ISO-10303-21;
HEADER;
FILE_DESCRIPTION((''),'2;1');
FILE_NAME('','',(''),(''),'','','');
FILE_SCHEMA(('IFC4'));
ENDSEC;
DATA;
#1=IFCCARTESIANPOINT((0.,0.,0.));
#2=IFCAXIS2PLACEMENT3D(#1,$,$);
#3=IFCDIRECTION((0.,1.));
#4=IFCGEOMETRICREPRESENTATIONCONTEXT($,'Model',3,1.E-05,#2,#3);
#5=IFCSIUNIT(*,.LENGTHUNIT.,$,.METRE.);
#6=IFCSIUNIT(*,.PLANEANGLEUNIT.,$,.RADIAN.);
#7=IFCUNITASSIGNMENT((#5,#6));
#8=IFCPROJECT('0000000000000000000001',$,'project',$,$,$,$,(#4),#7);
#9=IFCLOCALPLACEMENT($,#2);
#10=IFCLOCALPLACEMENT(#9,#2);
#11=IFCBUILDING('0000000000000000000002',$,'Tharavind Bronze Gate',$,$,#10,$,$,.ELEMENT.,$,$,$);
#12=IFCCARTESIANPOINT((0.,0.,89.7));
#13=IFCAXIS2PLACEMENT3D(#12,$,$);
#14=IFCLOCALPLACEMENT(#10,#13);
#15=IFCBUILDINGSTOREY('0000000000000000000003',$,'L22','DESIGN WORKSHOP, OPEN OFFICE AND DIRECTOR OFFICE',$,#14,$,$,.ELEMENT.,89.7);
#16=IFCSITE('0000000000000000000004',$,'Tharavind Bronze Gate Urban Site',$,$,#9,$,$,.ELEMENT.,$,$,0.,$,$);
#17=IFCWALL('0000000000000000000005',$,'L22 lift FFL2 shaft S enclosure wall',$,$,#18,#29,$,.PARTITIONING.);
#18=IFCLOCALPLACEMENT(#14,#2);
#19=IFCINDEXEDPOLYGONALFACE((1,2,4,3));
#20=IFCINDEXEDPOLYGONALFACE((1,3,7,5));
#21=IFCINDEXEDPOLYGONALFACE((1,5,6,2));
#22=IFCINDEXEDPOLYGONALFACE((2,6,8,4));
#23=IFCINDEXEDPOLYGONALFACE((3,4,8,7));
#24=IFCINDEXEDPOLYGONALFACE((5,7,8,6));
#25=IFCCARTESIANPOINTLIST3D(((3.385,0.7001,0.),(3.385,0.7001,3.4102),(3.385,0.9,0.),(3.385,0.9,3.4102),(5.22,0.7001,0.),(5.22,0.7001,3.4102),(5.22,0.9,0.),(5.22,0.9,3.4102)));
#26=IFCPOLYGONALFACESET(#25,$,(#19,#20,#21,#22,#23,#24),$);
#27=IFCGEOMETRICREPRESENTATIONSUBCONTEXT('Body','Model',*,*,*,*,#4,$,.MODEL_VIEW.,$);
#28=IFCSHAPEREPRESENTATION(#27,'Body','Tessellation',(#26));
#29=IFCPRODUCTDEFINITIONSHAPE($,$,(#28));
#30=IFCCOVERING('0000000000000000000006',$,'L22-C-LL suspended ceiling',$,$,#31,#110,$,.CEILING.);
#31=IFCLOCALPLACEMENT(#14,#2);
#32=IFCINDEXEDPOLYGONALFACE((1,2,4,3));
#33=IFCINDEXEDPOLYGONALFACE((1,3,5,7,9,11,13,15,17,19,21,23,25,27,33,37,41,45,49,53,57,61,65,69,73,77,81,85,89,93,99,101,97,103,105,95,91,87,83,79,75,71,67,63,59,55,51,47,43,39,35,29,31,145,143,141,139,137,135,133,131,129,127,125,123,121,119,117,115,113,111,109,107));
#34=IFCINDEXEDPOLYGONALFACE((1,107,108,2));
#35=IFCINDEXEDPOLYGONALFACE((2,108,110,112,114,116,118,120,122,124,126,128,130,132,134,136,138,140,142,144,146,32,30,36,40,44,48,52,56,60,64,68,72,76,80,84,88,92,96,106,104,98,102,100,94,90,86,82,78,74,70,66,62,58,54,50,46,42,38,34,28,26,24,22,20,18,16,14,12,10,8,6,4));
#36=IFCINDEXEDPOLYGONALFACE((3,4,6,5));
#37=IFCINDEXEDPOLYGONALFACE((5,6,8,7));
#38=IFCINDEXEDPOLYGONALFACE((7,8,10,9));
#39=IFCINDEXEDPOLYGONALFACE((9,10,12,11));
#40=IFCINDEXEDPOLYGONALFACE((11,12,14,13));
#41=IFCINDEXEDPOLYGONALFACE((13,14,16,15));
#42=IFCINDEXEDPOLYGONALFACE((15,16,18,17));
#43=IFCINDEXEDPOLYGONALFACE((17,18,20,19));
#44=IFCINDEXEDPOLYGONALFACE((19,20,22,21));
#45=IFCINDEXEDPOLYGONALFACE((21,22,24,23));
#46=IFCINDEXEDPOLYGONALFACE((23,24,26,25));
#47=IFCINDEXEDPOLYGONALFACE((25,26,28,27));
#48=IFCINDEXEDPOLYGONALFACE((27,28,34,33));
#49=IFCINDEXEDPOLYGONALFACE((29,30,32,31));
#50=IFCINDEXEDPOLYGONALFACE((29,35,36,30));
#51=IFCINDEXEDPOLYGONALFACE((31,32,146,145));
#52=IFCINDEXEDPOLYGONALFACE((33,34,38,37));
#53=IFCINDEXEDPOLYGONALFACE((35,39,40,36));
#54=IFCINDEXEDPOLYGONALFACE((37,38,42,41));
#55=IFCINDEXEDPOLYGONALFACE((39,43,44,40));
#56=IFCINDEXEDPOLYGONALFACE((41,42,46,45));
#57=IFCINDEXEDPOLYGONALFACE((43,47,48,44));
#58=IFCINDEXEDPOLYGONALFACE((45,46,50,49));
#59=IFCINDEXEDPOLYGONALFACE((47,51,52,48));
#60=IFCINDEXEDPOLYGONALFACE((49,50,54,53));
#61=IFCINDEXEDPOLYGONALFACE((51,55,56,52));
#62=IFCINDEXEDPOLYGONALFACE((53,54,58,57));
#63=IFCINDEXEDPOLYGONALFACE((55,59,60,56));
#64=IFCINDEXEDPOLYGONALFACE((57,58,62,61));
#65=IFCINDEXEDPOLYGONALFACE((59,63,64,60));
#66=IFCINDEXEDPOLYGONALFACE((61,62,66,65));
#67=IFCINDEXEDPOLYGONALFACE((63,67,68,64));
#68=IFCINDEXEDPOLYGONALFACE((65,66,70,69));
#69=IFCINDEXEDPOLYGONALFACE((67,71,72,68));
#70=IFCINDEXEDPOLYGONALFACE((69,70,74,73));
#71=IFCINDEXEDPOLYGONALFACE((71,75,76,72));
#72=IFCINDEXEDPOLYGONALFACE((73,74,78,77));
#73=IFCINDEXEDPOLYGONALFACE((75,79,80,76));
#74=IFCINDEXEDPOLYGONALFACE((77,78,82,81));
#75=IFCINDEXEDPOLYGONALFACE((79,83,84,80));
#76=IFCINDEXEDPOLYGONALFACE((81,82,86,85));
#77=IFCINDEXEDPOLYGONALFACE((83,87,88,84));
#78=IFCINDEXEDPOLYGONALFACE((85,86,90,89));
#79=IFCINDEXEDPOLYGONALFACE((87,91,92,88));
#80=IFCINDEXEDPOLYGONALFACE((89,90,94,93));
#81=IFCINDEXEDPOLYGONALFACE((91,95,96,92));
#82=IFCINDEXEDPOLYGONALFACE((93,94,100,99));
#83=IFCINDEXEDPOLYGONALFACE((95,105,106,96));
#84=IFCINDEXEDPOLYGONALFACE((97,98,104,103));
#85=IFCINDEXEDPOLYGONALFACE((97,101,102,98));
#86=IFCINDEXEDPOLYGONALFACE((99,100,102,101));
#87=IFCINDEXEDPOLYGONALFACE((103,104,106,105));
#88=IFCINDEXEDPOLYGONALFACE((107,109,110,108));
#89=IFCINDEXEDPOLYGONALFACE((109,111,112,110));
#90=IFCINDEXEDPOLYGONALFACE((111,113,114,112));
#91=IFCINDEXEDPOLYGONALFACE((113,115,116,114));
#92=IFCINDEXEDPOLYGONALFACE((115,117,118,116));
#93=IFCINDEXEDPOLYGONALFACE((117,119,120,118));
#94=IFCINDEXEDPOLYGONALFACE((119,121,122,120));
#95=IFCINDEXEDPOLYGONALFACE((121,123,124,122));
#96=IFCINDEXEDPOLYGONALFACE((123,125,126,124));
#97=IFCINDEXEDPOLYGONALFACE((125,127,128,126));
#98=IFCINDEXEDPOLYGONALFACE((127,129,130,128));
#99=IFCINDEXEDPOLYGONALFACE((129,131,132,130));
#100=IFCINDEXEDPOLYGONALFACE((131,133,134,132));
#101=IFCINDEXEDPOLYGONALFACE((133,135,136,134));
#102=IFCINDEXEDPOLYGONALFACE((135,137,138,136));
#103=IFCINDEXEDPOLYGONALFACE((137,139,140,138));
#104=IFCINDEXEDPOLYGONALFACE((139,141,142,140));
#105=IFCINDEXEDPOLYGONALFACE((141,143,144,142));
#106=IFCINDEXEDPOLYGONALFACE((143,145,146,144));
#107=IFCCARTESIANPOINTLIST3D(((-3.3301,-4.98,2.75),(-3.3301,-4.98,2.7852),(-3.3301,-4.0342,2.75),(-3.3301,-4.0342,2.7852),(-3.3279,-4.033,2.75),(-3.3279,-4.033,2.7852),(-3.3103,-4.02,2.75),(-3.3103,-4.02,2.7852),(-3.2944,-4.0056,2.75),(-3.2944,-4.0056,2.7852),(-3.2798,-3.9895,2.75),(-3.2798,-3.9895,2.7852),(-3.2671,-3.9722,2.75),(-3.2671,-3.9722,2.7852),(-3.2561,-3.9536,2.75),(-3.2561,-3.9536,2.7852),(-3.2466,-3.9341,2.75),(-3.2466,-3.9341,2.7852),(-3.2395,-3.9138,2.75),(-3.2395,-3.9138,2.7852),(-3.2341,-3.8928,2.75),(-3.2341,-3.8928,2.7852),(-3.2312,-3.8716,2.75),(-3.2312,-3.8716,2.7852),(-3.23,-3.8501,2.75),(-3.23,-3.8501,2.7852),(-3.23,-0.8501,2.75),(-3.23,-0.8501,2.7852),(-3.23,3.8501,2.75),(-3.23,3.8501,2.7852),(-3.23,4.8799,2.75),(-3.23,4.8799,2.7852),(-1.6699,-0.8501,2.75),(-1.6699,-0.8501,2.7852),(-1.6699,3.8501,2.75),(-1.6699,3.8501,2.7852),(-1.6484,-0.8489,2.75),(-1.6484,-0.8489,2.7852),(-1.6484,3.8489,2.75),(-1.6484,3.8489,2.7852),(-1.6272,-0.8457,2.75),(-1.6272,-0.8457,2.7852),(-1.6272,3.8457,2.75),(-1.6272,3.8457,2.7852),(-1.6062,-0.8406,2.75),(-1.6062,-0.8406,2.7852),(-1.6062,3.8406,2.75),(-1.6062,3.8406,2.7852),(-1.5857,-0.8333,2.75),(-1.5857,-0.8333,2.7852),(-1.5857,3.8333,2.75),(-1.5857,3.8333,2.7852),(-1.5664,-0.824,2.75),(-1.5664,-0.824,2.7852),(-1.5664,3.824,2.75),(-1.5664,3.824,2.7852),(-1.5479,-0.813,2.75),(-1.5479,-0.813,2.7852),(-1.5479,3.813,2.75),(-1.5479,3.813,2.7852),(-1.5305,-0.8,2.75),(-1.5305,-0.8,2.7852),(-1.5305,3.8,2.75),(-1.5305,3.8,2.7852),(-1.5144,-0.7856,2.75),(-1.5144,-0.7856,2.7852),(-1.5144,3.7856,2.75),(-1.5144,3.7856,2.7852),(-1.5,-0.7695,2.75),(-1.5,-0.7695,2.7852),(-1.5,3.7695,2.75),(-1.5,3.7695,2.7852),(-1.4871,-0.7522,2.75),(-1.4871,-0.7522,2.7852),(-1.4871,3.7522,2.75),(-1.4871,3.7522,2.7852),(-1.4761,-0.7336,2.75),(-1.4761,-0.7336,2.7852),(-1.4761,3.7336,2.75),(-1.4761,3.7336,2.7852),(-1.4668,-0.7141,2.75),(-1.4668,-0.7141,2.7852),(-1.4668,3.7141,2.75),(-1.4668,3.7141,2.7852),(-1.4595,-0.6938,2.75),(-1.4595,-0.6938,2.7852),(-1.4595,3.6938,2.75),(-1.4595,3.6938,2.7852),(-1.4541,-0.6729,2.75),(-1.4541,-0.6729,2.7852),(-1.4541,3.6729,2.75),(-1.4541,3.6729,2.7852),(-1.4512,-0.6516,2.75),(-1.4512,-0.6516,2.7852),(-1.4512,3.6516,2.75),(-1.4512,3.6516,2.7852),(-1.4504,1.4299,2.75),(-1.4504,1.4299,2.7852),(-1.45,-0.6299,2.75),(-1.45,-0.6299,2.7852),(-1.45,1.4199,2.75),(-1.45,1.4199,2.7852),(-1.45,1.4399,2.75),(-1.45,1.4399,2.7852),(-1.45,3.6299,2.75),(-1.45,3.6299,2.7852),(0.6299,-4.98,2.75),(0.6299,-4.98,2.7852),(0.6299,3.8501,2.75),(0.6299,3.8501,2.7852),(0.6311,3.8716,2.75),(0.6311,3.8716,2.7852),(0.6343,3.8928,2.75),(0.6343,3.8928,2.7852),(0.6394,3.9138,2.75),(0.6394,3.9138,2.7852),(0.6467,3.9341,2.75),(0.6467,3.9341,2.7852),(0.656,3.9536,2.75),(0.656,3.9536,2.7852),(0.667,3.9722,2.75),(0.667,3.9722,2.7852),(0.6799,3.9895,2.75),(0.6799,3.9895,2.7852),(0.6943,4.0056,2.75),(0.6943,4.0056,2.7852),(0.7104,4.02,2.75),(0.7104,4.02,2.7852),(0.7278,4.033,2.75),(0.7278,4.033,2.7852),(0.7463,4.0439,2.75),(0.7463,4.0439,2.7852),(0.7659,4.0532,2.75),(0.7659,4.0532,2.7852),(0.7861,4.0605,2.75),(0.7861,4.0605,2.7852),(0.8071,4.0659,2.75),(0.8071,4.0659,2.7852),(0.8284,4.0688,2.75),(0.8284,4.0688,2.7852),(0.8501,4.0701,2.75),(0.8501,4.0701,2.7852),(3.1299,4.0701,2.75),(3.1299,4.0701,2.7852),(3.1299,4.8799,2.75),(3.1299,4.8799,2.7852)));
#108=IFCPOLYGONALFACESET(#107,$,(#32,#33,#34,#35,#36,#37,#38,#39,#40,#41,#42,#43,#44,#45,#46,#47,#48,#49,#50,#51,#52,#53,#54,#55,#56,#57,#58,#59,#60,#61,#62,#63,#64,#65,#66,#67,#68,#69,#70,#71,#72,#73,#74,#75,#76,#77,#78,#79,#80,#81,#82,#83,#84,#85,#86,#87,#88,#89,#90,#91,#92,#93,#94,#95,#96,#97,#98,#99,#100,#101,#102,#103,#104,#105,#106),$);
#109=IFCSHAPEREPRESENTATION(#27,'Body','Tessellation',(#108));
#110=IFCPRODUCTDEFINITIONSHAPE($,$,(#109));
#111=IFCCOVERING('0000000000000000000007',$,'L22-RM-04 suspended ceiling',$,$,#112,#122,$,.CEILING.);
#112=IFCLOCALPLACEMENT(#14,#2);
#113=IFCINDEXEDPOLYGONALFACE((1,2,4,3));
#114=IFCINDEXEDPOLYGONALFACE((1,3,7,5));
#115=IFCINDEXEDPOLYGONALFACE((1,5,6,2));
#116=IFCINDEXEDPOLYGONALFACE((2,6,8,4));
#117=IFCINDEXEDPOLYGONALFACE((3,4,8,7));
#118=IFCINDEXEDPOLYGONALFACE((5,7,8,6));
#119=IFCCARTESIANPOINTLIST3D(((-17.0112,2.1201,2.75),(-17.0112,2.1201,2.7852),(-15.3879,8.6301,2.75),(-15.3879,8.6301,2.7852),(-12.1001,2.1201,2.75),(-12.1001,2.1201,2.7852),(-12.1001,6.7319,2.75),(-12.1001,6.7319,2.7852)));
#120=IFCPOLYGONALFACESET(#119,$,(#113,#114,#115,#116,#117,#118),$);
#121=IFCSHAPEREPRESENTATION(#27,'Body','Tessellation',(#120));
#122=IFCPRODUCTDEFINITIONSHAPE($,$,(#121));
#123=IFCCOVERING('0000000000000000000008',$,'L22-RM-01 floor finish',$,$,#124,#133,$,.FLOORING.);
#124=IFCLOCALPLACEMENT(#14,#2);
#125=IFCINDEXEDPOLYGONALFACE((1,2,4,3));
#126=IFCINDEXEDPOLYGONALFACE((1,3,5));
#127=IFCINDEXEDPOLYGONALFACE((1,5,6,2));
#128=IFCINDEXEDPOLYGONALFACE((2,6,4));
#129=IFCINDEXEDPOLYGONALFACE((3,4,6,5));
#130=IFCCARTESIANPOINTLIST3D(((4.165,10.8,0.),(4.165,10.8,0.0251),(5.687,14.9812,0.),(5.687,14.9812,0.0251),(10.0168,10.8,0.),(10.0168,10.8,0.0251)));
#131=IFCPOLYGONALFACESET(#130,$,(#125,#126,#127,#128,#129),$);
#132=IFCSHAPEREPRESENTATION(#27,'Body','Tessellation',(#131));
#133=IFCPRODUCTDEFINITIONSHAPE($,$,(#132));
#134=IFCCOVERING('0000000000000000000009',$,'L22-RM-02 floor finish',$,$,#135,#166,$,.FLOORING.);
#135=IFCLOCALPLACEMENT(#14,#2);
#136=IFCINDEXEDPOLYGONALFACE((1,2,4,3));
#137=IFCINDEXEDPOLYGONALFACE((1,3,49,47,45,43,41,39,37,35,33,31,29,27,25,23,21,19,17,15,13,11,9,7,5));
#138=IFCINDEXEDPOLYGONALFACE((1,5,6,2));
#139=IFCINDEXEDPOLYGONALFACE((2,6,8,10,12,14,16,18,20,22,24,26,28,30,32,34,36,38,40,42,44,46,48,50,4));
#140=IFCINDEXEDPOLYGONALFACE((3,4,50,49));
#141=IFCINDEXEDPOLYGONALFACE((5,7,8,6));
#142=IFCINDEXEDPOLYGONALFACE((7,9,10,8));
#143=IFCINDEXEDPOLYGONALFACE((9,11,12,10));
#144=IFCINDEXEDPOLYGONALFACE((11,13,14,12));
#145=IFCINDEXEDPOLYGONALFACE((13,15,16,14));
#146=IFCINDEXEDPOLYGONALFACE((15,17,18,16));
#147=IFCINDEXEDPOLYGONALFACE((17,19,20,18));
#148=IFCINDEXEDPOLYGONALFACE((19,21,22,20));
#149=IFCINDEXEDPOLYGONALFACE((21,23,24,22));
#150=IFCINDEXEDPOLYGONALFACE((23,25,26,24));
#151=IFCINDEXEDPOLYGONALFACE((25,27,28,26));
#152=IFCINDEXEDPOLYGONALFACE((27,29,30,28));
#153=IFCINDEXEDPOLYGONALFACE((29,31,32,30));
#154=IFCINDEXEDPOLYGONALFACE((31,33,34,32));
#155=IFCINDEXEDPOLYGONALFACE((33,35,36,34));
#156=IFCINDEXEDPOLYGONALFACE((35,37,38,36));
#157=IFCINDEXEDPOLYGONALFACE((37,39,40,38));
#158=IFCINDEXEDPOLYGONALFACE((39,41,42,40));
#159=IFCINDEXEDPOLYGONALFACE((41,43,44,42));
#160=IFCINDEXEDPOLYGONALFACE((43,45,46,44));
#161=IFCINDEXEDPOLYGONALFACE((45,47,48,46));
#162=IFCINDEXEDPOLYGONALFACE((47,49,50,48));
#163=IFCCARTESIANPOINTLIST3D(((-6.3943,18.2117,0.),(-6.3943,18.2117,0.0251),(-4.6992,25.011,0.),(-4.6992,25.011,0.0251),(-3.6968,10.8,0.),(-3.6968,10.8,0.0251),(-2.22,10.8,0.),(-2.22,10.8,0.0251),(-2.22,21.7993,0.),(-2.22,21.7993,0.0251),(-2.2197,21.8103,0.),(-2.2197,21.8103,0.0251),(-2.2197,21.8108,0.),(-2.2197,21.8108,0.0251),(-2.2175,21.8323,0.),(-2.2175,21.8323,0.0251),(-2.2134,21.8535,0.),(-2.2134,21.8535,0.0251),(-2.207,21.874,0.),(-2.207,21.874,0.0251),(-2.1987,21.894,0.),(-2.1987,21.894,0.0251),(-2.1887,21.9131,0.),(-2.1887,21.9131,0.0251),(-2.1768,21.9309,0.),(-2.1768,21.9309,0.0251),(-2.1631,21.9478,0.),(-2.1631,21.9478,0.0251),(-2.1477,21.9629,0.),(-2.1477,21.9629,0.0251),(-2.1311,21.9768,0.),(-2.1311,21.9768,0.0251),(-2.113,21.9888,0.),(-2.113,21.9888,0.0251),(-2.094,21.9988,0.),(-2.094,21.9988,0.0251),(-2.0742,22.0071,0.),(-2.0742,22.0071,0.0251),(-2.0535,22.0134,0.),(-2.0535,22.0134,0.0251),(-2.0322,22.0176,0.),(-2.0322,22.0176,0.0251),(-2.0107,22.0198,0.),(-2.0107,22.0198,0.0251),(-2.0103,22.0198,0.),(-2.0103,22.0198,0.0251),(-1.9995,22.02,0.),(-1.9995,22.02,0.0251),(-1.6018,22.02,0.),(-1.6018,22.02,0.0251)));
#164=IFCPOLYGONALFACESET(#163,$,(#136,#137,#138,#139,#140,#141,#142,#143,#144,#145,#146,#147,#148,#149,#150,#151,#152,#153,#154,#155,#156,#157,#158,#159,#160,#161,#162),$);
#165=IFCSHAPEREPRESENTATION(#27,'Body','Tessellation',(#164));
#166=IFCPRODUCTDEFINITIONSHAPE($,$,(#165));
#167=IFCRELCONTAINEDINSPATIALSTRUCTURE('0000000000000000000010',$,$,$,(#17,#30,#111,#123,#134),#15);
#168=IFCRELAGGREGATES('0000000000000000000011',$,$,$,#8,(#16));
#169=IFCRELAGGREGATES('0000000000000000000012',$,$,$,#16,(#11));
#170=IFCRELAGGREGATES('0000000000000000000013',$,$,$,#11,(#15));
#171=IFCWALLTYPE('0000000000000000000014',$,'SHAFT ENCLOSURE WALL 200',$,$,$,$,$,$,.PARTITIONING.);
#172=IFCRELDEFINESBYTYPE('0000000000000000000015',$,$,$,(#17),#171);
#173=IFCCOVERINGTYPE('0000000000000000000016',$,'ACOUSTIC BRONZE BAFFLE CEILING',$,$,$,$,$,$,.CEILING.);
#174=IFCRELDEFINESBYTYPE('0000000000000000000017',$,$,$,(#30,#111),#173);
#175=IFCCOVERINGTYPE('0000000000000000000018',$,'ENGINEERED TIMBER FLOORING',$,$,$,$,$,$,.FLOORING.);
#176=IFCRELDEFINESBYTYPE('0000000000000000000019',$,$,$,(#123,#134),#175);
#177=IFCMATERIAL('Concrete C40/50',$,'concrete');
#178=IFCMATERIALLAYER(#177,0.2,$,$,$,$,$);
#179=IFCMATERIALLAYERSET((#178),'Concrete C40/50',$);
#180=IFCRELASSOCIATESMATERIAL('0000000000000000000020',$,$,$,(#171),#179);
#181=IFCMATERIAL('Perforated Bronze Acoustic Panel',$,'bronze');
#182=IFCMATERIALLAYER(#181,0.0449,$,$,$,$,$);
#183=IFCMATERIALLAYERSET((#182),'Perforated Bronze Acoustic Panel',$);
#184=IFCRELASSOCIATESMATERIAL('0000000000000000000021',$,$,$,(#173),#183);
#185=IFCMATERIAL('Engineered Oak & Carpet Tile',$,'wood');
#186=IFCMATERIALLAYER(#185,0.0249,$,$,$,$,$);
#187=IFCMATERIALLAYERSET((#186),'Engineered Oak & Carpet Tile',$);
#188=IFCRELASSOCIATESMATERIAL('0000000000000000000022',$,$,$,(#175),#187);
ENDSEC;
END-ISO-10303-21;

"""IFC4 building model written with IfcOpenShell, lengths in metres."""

from ifc_helpers import new_model, si_unit, direction, frame, frame_2d, origin, place, context, subcontext, project, spatial, polyline, rectangle, outline, extrude, material, layer, layer_set, type_object, element, save


model = new_model("IFC4")

# Units and contexts
model_context = context("Model", 3, precision=1e-05, world=origin(), true_north=direction((0.0, 1.0)))
body_context = subcontext(model_context, "Body", "Model", "MODEL_VIEW")
ifc_project = project(units=[si_unit("LENGTHUNIT", "METRE"), si_unit("PLANEANGLEUNIT", "RADIAN")], contexts=[model_context])

# Site, building, storey
site_placement = place(None, origin())
site = spatial("IfcSite", under=ifc_project, at=site_placement, Name="Tharavind Bronze Gate Urban Site", CompositionType="ELEMENT", RefElevation=0.0)
building_placement = place(site_placement, origin())
building = spatial("IfcBuilding", under=site, at=building_placement, Name="Tharavind Bronze Gate", CompositionType="ELEMENT")
storey_placement = place(building_placement, frame((0.0, 0.0, 89.7)))
storey = spatial("IfcBuildingStorey", under=building, at=storey_placement, Name="L22", Description="DESIGN WORKSHOP, OPEN OFFICE AND DIRECTOR OFFICE", CompositionType="ELEMENT", Elevation=89.7)

# Shared definitions
ifc_material_1 = material(Name="Concrete C40/50", Category="concrete")

# Wall
ifc_layer_1 = layer(ifc_material_1, 0.2)
ifc_layer_set_1 = layer_set([ifc_layer_1], Name="Concrete C40/50")
wall_type_1 = type_object("IfcWallType", Name="SHAFT ENCLOSURE WALL 200", PredefinedType="PARTITIONING", material=ifc_layer_set_1)
wall_1_placement = place(storey_placement, frame((3.385, 0.8, 0.0), z_axis=(0.0, 0.0, 1.0), x_axis=(1.0, 0.0, 0.0)))
element("IfcWall", 1, at=wall_1_placement, inside=storey, type_object=wall_type_1, Name="L22 lift FFL2 shaft S enclosure wall", PredefinedType="PARTITIONING", context=body_context, shape_type="SweptSolid", body=[
    extrude(rectangle(XDim=1.835, YDim=0.2, at=frame_2d((0.9175, 0.0))), origin(), (0.0, 0.0, 1.0), 3.4102),
])

# Coverings
ifc_material_2 = material(Name="Perforated Bronze Acoustic Panel", Category="bronze")
ifc_layer_2 = layer(ifc_material_2, 0.0449)
ifc_layer_set_2 = layer_set([ifc_layer_2], Name="Perforated Bronze Acoustic Panel")
covering_type_1 = type_object("IfcCoveringType", Name="ACOUSTIC BRONZE BAFFLE CEILING", PredefinedType="CEILING", material=ifc_layer_set_2)
covering_1_placement = place(storey_placement, frame((0.0, 0.0, 2.75)))
element("IfcCovering", 2, at=covering_1_placement, inside=storey, type_object=covering_type_1, Name="L22-C-LL suspended ceiling", PredefinedType="CEILING", context=body_context, shape_type="SweptSolid", body=[
    extrude(outline(polyline([(-3.3301, -4.98), (0.6299, -4.98), (0.6299, 3.8501), (0.6311, 3.8716), (0.6343, 3.8928), (0.6394, 3.9138), (0.6467, 3.9341), (0.656, 3.9536), (0.667, 3.9722), (0.6799, 3.9895), (0.6943, 4.0056), (0.7104, 4.02), (0.7278, 4.033), (0.7463, 4.0439), (0.7659, 4.0532), (0.7861, 4.0605), (0.8071, 4.0659), (0.8284, 4.0688), (0.8501, 4.0701), (3.1299, 4.0701), (3.1299, 4.8799), (-3.23, 4.8799), (-3.23, 3.8501), (-1.6699, 3.8501), (-1.6484, 3.8489), (-1.6272, 3.8457), (-1.6062, 3.8406), (-1.5857, 3.8333), (-1.5664, 3.824), (-1.5479, 3.813), (-1.5305, 3.8), (-1.5144, 3.7856), (-1.5, 3.7695), (-1.4871, 3.7522), (-1.4761, 3.7336), (-1.4668, 3.7141), (-1.4595, 3.6938), (-1.4541, 3.6729), (-1.4512, 3.6516), (-1.45, 3.6299), (-1.45, 1.4399), (-1.4504, 1.4299), (-1.45, 1.4199), (-1.45, -0.6299), (-1.4512, -0.6516), (-1.4541, -0.6729), (-1.4595, -0.6938), (-1.4668, -0.7141), (-1.4761, -0.7336), (-1.4871, -0.7522), (-1.5, -0.7695), (-1.5144, -0.7856), (-1.5305, -0.8), (-1.5479, -0.813), (-1.5664, -0.824), (-1.5857, -0.8333), (-1.6062, -0.8406), (-1.6272, -0.8457), (-1.6484, -0.8489), (-1.6699, -0.8501), (-3.23, -0.8501), (-3.23, -3.8501), (-3.2312, -3.8716), (-3.2341, -3.8928), (-3.2395, -3.9138), (-3.2466, -3.9341), (-3.2561, -3.9536), (-3.2671, -3.9722), (-3.2798, -3.9895), (-3.2944, -4.0056), (-3.3103, -4.02), (-3.3279, -4.033), (-3.3301, -4.0342), (-3.3301, -4.98)])), origin(), (0.0, 0.0, 1.0), 0.0352),
])
covering_2_placement = place(storey_placement, frame((0.0, 0.0, 2.75)))
element("IfcCovering", 3, at=covering_2_placement, inside=storey, type_object=covering_type_1, Name="L22-RM-04 suspended ceiling", PredefinedType="CEILING", context=body_context, shape_type="SweptSolid", body=[
    extrude(outline(polyline([(-12.1001, 2.1201), (-12.1001, 6.7319), (-15.3879, 8.6301), (-17.0112, 2.1201), (-12.1001, 2.1201)])), origin(), (0.0, 0.0, 1.0), 0.0352),
])
ifc_material_3 = material(Name="Engineered Oak & Carpet Tile", Category="wood")
ifc_layer_3 = layer(ifc_material_3, 0.0249)
ifc_layer_set_3 = layer_set([ifc_layer_3], Name="Engineered Oak & Carpet Tile")
covering_type_2 = type_object("IfcCoveringType", Name="ENGINEERED TIMBER FLOORING", PredefinedType="FLOORING", material=ifc_layer_set_3)
covering_3_placement = place(storey_placement, origin())
element("IfcCovering", 4, at=covering_3_placement, inside=storey, type_object=covering_type_2, Name="L22-RM-01 floor finish", PredefinedType="FLOORING", context=body_context, shape_type="SweptSolid", body=[
    extrude(outline(polyline([(10.0168, 10.8), (5.687, 14.9812), (4.165, 10.8), (10.0168, 10.8)])), origin(), (0.0, 0.0, 1.0), 0.0251),
])
covering_4_placement = place(storey_placement, origin())
element("IfcCovering", 5, at=covering_4_placement, inside=storey, type_object=covering_type_2, Name="L22-RM-02 floor finish", PredefinedType="FLOORING", context=body_context, shape_type="SweptSolid", body=[
    extrude(outline(polyline([(-3.6968, 10.8), (-2.22, 10.8), (-2.22, 21.7993), (-2.2197, 21.8103), (-2.2197, 21.8108), (-2.2175, 21.8323), (-2.2134, 21.8535), (-2.207, 21.874), (-2.1987, 21.894), (-2.1887, 21.9131), (-2.1768, 21.9309), (-2.1631, 21.9478), (-2.1477, 21.9629), (-2.1311, 21.9768), (-2.113, 21.9888), (-2.094, 21.9988), (-2.0742, 22.0071), (-2.0535, 22.0134), (-2.0322, 22.0176), (-2.0107, 22.0198), (-2.0103, 22.0198), (-1.9995, 22.02), (-1.6018, 22.02), (-4.6992, 25.011), (-6.3943, 18.2117), (-3.6968, 10.8)])), origin(), (0.0, 0.0, 1.0), 0.0251),
])

save(model, "model.ifc")
